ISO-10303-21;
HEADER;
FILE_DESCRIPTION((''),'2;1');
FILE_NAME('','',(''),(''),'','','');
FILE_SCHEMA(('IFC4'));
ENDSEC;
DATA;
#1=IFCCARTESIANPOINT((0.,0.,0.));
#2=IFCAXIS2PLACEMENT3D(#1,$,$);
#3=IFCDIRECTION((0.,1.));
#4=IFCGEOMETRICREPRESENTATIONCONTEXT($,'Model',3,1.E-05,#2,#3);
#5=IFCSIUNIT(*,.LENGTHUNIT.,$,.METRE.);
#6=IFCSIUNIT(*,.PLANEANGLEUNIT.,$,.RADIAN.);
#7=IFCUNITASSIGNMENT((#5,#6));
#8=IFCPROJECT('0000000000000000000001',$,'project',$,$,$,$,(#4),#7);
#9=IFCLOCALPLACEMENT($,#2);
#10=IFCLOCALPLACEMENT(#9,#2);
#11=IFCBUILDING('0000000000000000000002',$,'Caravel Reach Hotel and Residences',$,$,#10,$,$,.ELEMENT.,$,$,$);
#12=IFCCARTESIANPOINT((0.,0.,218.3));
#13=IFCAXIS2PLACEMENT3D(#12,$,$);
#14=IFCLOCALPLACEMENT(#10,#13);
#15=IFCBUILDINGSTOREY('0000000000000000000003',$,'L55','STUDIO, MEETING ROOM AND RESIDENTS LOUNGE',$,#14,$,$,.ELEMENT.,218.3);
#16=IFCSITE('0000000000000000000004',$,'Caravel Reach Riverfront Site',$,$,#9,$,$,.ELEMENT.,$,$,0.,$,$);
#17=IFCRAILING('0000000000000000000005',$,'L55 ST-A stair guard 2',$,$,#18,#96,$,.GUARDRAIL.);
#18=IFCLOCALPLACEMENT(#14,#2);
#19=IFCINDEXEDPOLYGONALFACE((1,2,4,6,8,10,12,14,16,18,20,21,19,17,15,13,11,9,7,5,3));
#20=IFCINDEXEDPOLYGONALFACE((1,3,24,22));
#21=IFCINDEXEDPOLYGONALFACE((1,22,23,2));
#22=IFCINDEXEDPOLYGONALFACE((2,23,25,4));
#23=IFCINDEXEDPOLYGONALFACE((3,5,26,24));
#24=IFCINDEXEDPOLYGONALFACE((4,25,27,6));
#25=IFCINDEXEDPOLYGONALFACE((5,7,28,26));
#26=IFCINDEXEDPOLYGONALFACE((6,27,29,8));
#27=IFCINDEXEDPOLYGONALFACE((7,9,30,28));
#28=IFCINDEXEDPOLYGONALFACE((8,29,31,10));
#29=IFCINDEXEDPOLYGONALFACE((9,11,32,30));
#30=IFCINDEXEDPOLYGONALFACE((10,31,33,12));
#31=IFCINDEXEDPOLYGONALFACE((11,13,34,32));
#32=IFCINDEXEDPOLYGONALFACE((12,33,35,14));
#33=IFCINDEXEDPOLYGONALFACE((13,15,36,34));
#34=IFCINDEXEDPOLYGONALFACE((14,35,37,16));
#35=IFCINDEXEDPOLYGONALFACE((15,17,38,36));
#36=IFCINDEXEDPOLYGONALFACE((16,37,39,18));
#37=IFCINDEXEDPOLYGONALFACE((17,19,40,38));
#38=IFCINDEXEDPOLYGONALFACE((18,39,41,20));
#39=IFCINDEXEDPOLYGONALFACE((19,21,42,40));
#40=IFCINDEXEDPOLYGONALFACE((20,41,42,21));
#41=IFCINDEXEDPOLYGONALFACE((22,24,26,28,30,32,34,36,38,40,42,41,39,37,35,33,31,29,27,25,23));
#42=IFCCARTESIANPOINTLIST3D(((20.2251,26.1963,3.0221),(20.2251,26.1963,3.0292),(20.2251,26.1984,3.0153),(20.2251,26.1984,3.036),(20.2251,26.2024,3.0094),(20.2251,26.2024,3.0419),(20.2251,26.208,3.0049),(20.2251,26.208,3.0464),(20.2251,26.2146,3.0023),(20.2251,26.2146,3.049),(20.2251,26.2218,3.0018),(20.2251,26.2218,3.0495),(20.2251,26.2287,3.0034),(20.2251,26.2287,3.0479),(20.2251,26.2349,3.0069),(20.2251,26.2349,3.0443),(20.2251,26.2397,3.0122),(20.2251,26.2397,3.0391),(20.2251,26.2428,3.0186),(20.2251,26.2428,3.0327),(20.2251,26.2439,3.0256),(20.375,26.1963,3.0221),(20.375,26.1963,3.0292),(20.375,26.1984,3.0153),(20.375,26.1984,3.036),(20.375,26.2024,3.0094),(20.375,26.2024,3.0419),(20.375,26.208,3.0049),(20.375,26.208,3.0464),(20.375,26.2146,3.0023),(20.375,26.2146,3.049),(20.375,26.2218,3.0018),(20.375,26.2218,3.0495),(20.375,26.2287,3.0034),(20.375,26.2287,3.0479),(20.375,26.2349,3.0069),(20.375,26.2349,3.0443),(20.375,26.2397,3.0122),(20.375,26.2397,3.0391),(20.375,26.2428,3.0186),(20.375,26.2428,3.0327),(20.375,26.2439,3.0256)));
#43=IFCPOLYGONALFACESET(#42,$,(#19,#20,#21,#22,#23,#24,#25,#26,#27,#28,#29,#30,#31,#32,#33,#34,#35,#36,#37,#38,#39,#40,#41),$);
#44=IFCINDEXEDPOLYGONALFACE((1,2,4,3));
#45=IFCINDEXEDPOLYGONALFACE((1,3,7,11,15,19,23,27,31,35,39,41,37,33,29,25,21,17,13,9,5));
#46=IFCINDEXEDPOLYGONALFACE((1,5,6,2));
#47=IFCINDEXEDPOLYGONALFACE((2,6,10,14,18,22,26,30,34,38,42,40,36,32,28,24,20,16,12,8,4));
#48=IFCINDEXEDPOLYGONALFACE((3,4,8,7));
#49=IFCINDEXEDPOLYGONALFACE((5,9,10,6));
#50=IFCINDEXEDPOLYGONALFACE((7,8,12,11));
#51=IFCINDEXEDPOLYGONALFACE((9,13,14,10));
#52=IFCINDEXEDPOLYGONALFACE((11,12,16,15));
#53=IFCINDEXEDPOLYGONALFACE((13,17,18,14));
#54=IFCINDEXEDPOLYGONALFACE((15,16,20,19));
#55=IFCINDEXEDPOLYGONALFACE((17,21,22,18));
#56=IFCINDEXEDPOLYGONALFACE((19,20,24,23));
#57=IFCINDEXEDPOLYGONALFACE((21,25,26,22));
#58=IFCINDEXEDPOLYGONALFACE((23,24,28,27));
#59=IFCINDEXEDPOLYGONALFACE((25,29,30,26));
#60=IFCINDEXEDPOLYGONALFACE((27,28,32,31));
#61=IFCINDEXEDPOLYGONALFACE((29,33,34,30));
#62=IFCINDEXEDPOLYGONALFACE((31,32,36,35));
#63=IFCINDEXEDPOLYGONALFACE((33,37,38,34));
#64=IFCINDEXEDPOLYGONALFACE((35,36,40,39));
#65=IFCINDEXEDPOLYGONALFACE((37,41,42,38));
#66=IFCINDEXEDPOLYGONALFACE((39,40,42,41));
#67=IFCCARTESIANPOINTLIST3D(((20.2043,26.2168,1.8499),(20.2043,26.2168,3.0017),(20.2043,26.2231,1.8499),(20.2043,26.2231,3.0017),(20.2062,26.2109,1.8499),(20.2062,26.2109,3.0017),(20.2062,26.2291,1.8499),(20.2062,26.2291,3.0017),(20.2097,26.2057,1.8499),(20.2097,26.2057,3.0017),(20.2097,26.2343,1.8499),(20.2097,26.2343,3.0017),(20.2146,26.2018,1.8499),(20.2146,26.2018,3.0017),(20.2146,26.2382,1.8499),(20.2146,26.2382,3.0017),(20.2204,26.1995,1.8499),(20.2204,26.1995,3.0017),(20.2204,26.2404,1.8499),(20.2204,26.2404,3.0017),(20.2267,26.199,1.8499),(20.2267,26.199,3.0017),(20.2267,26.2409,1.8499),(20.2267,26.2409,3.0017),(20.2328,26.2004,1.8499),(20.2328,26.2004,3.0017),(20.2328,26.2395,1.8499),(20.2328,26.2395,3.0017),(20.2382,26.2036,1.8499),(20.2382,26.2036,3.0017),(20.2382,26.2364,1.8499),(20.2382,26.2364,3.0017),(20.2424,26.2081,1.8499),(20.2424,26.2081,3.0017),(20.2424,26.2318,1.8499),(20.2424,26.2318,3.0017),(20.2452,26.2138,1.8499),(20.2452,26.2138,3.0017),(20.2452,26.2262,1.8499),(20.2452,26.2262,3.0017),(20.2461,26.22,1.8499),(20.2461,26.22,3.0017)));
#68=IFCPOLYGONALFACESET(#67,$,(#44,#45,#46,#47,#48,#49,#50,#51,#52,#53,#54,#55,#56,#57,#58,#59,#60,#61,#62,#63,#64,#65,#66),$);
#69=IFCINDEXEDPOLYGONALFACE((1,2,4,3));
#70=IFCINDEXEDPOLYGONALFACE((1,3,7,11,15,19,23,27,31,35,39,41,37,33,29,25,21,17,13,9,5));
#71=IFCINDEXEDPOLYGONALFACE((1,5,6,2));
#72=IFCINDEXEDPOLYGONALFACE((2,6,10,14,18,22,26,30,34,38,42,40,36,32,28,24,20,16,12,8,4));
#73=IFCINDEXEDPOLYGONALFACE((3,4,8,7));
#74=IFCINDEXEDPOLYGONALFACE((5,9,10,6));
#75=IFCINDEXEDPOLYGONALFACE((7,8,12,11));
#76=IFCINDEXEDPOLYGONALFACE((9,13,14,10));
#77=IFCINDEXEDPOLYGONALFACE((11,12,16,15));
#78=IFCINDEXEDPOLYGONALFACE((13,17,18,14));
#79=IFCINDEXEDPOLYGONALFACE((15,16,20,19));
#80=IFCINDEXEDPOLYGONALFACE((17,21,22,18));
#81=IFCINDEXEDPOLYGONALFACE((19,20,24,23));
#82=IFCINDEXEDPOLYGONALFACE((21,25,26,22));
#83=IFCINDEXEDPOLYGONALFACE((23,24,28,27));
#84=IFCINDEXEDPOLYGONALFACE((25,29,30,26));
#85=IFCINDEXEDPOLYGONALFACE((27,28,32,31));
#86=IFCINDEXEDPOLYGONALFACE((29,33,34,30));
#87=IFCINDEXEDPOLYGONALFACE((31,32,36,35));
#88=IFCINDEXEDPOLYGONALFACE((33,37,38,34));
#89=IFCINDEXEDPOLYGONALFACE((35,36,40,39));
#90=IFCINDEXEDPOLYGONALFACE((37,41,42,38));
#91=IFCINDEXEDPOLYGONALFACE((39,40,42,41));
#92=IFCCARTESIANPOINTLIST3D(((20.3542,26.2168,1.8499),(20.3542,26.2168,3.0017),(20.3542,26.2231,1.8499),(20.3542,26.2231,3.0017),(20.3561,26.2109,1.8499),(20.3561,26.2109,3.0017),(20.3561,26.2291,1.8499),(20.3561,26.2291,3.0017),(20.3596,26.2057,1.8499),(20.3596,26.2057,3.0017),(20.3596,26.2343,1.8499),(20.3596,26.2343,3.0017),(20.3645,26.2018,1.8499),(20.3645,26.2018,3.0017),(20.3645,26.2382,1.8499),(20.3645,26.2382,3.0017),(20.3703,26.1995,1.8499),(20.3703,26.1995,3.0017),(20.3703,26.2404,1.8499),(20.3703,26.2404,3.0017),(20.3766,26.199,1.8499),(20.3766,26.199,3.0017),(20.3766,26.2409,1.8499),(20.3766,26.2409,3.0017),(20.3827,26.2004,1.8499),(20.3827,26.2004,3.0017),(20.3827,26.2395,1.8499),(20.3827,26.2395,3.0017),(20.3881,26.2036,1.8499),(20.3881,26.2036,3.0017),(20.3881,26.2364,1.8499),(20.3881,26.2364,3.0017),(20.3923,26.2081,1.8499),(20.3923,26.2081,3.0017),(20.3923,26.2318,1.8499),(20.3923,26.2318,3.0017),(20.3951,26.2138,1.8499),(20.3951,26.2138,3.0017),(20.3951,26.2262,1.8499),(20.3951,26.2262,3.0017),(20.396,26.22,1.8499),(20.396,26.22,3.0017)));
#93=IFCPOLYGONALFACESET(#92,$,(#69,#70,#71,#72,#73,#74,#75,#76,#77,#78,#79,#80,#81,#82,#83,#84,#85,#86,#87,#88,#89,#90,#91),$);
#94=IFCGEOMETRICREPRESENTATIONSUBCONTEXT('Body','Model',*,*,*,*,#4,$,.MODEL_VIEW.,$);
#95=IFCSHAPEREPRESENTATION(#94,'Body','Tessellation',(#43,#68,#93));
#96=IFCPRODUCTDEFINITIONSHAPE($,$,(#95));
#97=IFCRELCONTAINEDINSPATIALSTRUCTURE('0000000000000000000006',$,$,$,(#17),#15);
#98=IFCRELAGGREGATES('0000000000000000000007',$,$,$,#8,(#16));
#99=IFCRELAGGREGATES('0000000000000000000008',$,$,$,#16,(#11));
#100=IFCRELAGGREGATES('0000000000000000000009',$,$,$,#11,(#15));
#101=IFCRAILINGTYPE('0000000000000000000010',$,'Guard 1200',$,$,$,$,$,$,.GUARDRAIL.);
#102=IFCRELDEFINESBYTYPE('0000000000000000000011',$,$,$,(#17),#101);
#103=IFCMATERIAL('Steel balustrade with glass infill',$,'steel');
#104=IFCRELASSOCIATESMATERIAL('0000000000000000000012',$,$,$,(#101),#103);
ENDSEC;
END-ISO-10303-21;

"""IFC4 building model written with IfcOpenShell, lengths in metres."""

from ifc_helpers import new_model, si_unit, direction, frame, origin, origin_2d, place, context, subcontext, project, spatial, circle, extrude, material, type_object, element, save


model = new_model("IFC4")

# Units and contexts
model_context = context("Model", 3, precision=1e-05, world=origin(), true_north=direction((0.0, 1.0)))
body_context = subcontext(model_context, "Body", "Model", "MODEL_VIEW")
ifc_project = project(units=[si_unit("LENGTHUNIT", "METRE"), si_unit("PLANEANGLEUNIT", "RADIAN")], contexts=[model_context])

# Site, building, storey
site_placement = place(None, origin())
site = spatial("IfcSite", under=ifc_project, at=site_placement, Name="Caravel Reach Riverfront Site", CompositionType="ELEMENT", RefElevation=0.0)
building_placement = place(site_placement, origin())
building = spatial("IfcBuilding", under=site, at=building_placement, Name="Caravel Reach Hotel and Residences", CompositionType="ELEMENT")
storey_placement = place(building_placement, frame((0.0, 0.0, 218.3)))
storey = spatial("IfcBuildingStorey", under=building, at=storey_placement, Name="L55", Description="STUDIO, MEETING ROOM AND RESIDENTS LOUNGE", CompositionType="ELEMENT", Elevation=218.3)

# Railing
ifc_material_1 = material(Name="Steel balustrade with glass infill", Category="steel")
railing_type_1 = type_object("IfcRailingType", Name="Guard 1200", PredefinedType="GUARDRAIL", material=ifc_material_1)
railing_1_placement = place(storey_placement, frame((20.2251, 26.22, 1.8499)))
element("IfcRailing", 1, at=railing_1_placement, inside=storey, type_object=railing_type_1, Name="L55 ST-A stair guard 2", PredefinedType="GUARDRAIL", context=body_context, shape_type="SweptSolid", body=[
    extrude(circle(Radius=0.0239, at=origin_2d()), frame((0.0, 0.0, 1.1758), z_axis=(1.0, 0.0, 0.0), x_axis=(0.0, 1.0, 0.0)), (0.0, 0.0, 1.0), 0.1499),
    extrude(circle(Radius=0.021, at=origin_2d()), origin(), (0.0, 0.0, 1.0), 1.1519),
    extrude(circle(Radius=0.021, at=origin_2d()), frame((0.1499, 0.0, 0.0)), (0.0, 0.0, 1.0), 1.1519),
])

save(model, "model.ifc")
